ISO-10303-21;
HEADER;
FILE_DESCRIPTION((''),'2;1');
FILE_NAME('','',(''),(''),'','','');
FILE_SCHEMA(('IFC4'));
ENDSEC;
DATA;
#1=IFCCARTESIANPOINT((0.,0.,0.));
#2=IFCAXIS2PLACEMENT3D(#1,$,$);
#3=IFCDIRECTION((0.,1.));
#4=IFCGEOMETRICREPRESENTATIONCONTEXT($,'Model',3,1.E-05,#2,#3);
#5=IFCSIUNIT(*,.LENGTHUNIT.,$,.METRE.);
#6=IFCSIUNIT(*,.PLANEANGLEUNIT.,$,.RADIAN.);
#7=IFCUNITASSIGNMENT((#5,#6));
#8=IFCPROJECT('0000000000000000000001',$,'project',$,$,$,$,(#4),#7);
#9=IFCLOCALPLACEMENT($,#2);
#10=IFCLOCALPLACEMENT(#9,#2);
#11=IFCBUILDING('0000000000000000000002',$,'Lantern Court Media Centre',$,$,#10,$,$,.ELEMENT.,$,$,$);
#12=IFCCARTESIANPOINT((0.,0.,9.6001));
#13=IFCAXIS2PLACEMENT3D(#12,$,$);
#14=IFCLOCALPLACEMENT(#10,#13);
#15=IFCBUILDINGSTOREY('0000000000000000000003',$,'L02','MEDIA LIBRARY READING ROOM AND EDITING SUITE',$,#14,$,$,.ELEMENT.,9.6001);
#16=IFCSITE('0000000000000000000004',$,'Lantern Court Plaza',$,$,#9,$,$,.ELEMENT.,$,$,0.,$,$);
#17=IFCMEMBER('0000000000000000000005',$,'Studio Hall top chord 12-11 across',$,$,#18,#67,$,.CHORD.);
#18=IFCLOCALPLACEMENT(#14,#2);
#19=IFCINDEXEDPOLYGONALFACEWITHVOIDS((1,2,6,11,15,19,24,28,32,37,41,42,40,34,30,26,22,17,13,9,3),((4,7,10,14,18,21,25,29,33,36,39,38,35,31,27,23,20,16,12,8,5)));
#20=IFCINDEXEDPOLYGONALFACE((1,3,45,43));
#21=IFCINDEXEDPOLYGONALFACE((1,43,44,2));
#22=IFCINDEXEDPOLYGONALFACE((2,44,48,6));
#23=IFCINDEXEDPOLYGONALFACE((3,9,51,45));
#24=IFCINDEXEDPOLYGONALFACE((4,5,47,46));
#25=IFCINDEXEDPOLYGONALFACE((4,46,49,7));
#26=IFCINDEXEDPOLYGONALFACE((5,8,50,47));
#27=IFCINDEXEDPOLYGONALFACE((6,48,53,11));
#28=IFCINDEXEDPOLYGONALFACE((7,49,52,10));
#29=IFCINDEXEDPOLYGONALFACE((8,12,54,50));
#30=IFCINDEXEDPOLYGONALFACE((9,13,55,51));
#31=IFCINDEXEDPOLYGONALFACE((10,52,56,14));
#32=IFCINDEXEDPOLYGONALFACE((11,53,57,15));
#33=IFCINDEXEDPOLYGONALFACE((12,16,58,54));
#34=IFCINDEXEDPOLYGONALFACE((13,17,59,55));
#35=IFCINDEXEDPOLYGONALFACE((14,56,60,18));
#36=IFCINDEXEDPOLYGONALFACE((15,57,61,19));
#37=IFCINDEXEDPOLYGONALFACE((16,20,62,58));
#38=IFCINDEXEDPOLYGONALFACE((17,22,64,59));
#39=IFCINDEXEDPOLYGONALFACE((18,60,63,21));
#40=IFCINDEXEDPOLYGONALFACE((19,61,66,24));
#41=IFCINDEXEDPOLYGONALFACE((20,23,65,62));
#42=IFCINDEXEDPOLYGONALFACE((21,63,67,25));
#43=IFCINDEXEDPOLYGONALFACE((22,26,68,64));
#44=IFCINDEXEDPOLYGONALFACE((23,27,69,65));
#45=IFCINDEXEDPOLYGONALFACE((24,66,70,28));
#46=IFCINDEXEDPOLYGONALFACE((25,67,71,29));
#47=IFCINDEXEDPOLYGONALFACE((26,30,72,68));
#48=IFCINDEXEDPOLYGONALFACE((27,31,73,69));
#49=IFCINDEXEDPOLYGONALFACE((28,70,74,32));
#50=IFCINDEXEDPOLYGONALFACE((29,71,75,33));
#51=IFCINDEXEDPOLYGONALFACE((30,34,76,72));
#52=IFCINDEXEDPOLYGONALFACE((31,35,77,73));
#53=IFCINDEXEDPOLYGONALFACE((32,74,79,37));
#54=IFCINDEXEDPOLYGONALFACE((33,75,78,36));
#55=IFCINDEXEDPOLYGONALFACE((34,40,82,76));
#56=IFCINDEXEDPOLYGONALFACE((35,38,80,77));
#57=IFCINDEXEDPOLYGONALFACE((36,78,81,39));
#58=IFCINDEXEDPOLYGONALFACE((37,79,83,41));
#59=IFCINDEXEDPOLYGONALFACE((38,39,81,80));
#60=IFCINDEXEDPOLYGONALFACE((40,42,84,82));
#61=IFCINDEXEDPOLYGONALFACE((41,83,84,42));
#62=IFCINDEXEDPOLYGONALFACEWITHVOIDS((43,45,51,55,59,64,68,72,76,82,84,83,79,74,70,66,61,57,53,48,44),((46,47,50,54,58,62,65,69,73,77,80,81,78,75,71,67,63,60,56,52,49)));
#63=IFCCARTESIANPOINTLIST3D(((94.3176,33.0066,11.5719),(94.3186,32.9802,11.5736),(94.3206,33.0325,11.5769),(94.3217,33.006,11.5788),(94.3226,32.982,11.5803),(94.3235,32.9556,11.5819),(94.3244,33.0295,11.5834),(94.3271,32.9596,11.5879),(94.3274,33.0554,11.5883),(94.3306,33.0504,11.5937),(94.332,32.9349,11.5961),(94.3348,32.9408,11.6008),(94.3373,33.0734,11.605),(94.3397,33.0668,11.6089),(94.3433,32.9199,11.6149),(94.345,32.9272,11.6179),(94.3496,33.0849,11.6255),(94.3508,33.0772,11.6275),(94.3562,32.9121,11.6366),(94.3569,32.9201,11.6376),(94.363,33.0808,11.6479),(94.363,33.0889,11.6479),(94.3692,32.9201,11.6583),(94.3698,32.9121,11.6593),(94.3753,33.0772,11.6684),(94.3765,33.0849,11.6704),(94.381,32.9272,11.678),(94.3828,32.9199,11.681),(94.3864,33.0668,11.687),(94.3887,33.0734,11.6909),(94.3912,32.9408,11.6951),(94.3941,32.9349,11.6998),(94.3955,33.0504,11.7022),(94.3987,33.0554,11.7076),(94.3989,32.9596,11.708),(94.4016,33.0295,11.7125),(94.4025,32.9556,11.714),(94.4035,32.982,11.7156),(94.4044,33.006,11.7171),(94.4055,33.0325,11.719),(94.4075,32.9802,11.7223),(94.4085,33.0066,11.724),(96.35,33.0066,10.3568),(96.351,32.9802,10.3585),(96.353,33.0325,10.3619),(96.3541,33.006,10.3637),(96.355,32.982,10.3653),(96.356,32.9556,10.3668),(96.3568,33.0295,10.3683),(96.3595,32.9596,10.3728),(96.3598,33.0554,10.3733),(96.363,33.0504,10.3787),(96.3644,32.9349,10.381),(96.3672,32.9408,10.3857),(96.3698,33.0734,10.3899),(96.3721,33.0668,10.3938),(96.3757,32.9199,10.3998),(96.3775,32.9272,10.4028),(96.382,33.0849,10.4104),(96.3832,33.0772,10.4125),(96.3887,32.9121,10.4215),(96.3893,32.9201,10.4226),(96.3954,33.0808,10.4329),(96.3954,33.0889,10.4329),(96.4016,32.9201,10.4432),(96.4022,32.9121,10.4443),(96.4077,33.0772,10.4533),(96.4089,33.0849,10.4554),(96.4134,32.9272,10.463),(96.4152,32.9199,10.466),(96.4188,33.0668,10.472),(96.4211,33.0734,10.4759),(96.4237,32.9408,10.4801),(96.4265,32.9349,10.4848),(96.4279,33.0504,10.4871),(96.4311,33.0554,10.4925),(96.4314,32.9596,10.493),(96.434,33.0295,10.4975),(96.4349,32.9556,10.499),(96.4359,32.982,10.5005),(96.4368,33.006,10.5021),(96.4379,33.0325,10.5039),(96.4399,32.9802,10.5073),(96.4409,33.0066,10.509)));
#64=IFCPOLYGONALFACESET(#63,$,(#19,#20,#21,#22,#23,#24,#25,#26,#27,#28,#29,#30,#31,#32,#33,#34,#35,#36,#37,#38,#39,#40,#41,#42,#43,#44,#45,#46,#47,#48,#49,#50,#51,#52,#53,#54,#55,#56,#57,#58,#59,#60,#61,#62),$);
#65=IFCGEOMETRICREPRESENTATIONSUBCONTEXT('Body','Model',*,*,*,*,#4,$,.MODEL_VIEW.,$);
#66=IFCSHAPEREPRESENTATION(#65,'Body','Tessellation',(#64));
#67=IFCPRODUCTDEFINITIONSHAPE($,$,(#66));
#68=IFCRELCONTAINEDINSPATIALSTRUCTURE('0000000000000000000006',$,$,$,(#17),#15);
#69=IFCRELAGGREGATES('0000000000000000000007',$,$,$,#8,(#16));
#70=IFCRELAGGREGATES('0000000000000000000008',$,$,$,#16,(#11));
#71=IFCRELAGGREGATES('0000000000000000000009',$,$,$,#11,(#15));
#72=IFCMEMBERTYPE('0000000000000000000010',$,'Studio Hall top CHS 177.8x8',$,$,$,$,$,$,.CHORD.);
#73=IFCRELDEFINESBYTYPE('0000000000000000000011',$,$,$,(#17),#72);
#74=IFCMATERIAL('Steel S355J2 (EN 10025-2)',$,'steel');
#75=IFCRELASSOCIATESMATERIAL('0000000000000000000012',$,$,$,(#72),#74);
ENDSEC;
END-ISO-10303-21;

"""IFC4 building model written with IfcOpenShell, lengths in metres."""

from ifc_helpers import new_model, si_unit, direction, frame, origin, origin_2d, place, context, subcontext, project, spatial, hollow_circle, extrude, material, material_profile, profile_set, type_object, element, save


model = new_model("IFC4")

# Units and contexts
model_context = context("Model", 3, precision=1e-05, world=origin(), true_north=direction((0.0, 1.0)))
body_context = subcontext(model_context, "Body", "Model", "MODEL_VIEW")
ifc_project = project(units=[si_unit("LENGTHUNIT", "METRE"), si_unit("PLANEANGLEUNIT", "RADIAN")], contexts=[model_context])

# Site, building, storey
site_placement = place(None, origin())
site = spatial("IfcSite", under=ifc_project, at=site_placement, Name="Lantern Court Plaza", CompositionType="ELEMENT", RefElevation=0.0)
building_placement = place(site_placement, origin())
building = spatial("IfcBuilding", under=site, at=building_placement, Name="Lantern Court Media Centre", CompositionType="ELEMENT")
storey_placement = place(building_placement, frame((0.0, 0.0, 9.6001)))
storey = spatial("IfcBuildingStorey", under=building, at=storey_placement, Name="L02", Description="MEDIA LIBRARY READING ROOM AND EDITING SUITE", CompositionType="ELEMENT", Elevation=9.6001)

# Member
ifc_material = material(Name="Steel S355J2 (EN 10025-2)", Category="steel")
ifc_material_profile_1 = material_profile(ifc_material, hollow_circle(Radius=0.0889, WallThickness=0.0081, at=origin_2d()), Name="Studio Hall top CHS 177.8x8")
ifc_profile_set_1 = profile_set([ifc_material_profile_1], Name="Steel S355J2 (EN 10025-2)")
member_type_1 = type_object("IfcMemberType", Name="Studio Hall top CHS 177.8x8", PredefinedType="CHORD", material=ifc_profile_set_1)
for number, where, z_axis, x_axis, name in (
    (1, (94.363, 33.0, 11.6479), (0.858311, 0.0, -0.513131), (0.0, 1.0, 0.0), "Studio Hall top chord 12-11 across"),
):
    element("IfcMember", number, at=place(storey_placement, frame(where, z_axis=z_axis, x_axis=x_axis)), inside=storey, type_object=member_type_1, Name=name, PredefinedType="CHORD", context=body_context, shape_type="SweptSolid", body=[
        extrude(hollow_circle(Radius=0.0889, WallThickness=0.0081, at=origin_2d()), origin(), (0.0, 0.0, 1.0), 2.3679),
    ])

save(model, "model.ifc")
